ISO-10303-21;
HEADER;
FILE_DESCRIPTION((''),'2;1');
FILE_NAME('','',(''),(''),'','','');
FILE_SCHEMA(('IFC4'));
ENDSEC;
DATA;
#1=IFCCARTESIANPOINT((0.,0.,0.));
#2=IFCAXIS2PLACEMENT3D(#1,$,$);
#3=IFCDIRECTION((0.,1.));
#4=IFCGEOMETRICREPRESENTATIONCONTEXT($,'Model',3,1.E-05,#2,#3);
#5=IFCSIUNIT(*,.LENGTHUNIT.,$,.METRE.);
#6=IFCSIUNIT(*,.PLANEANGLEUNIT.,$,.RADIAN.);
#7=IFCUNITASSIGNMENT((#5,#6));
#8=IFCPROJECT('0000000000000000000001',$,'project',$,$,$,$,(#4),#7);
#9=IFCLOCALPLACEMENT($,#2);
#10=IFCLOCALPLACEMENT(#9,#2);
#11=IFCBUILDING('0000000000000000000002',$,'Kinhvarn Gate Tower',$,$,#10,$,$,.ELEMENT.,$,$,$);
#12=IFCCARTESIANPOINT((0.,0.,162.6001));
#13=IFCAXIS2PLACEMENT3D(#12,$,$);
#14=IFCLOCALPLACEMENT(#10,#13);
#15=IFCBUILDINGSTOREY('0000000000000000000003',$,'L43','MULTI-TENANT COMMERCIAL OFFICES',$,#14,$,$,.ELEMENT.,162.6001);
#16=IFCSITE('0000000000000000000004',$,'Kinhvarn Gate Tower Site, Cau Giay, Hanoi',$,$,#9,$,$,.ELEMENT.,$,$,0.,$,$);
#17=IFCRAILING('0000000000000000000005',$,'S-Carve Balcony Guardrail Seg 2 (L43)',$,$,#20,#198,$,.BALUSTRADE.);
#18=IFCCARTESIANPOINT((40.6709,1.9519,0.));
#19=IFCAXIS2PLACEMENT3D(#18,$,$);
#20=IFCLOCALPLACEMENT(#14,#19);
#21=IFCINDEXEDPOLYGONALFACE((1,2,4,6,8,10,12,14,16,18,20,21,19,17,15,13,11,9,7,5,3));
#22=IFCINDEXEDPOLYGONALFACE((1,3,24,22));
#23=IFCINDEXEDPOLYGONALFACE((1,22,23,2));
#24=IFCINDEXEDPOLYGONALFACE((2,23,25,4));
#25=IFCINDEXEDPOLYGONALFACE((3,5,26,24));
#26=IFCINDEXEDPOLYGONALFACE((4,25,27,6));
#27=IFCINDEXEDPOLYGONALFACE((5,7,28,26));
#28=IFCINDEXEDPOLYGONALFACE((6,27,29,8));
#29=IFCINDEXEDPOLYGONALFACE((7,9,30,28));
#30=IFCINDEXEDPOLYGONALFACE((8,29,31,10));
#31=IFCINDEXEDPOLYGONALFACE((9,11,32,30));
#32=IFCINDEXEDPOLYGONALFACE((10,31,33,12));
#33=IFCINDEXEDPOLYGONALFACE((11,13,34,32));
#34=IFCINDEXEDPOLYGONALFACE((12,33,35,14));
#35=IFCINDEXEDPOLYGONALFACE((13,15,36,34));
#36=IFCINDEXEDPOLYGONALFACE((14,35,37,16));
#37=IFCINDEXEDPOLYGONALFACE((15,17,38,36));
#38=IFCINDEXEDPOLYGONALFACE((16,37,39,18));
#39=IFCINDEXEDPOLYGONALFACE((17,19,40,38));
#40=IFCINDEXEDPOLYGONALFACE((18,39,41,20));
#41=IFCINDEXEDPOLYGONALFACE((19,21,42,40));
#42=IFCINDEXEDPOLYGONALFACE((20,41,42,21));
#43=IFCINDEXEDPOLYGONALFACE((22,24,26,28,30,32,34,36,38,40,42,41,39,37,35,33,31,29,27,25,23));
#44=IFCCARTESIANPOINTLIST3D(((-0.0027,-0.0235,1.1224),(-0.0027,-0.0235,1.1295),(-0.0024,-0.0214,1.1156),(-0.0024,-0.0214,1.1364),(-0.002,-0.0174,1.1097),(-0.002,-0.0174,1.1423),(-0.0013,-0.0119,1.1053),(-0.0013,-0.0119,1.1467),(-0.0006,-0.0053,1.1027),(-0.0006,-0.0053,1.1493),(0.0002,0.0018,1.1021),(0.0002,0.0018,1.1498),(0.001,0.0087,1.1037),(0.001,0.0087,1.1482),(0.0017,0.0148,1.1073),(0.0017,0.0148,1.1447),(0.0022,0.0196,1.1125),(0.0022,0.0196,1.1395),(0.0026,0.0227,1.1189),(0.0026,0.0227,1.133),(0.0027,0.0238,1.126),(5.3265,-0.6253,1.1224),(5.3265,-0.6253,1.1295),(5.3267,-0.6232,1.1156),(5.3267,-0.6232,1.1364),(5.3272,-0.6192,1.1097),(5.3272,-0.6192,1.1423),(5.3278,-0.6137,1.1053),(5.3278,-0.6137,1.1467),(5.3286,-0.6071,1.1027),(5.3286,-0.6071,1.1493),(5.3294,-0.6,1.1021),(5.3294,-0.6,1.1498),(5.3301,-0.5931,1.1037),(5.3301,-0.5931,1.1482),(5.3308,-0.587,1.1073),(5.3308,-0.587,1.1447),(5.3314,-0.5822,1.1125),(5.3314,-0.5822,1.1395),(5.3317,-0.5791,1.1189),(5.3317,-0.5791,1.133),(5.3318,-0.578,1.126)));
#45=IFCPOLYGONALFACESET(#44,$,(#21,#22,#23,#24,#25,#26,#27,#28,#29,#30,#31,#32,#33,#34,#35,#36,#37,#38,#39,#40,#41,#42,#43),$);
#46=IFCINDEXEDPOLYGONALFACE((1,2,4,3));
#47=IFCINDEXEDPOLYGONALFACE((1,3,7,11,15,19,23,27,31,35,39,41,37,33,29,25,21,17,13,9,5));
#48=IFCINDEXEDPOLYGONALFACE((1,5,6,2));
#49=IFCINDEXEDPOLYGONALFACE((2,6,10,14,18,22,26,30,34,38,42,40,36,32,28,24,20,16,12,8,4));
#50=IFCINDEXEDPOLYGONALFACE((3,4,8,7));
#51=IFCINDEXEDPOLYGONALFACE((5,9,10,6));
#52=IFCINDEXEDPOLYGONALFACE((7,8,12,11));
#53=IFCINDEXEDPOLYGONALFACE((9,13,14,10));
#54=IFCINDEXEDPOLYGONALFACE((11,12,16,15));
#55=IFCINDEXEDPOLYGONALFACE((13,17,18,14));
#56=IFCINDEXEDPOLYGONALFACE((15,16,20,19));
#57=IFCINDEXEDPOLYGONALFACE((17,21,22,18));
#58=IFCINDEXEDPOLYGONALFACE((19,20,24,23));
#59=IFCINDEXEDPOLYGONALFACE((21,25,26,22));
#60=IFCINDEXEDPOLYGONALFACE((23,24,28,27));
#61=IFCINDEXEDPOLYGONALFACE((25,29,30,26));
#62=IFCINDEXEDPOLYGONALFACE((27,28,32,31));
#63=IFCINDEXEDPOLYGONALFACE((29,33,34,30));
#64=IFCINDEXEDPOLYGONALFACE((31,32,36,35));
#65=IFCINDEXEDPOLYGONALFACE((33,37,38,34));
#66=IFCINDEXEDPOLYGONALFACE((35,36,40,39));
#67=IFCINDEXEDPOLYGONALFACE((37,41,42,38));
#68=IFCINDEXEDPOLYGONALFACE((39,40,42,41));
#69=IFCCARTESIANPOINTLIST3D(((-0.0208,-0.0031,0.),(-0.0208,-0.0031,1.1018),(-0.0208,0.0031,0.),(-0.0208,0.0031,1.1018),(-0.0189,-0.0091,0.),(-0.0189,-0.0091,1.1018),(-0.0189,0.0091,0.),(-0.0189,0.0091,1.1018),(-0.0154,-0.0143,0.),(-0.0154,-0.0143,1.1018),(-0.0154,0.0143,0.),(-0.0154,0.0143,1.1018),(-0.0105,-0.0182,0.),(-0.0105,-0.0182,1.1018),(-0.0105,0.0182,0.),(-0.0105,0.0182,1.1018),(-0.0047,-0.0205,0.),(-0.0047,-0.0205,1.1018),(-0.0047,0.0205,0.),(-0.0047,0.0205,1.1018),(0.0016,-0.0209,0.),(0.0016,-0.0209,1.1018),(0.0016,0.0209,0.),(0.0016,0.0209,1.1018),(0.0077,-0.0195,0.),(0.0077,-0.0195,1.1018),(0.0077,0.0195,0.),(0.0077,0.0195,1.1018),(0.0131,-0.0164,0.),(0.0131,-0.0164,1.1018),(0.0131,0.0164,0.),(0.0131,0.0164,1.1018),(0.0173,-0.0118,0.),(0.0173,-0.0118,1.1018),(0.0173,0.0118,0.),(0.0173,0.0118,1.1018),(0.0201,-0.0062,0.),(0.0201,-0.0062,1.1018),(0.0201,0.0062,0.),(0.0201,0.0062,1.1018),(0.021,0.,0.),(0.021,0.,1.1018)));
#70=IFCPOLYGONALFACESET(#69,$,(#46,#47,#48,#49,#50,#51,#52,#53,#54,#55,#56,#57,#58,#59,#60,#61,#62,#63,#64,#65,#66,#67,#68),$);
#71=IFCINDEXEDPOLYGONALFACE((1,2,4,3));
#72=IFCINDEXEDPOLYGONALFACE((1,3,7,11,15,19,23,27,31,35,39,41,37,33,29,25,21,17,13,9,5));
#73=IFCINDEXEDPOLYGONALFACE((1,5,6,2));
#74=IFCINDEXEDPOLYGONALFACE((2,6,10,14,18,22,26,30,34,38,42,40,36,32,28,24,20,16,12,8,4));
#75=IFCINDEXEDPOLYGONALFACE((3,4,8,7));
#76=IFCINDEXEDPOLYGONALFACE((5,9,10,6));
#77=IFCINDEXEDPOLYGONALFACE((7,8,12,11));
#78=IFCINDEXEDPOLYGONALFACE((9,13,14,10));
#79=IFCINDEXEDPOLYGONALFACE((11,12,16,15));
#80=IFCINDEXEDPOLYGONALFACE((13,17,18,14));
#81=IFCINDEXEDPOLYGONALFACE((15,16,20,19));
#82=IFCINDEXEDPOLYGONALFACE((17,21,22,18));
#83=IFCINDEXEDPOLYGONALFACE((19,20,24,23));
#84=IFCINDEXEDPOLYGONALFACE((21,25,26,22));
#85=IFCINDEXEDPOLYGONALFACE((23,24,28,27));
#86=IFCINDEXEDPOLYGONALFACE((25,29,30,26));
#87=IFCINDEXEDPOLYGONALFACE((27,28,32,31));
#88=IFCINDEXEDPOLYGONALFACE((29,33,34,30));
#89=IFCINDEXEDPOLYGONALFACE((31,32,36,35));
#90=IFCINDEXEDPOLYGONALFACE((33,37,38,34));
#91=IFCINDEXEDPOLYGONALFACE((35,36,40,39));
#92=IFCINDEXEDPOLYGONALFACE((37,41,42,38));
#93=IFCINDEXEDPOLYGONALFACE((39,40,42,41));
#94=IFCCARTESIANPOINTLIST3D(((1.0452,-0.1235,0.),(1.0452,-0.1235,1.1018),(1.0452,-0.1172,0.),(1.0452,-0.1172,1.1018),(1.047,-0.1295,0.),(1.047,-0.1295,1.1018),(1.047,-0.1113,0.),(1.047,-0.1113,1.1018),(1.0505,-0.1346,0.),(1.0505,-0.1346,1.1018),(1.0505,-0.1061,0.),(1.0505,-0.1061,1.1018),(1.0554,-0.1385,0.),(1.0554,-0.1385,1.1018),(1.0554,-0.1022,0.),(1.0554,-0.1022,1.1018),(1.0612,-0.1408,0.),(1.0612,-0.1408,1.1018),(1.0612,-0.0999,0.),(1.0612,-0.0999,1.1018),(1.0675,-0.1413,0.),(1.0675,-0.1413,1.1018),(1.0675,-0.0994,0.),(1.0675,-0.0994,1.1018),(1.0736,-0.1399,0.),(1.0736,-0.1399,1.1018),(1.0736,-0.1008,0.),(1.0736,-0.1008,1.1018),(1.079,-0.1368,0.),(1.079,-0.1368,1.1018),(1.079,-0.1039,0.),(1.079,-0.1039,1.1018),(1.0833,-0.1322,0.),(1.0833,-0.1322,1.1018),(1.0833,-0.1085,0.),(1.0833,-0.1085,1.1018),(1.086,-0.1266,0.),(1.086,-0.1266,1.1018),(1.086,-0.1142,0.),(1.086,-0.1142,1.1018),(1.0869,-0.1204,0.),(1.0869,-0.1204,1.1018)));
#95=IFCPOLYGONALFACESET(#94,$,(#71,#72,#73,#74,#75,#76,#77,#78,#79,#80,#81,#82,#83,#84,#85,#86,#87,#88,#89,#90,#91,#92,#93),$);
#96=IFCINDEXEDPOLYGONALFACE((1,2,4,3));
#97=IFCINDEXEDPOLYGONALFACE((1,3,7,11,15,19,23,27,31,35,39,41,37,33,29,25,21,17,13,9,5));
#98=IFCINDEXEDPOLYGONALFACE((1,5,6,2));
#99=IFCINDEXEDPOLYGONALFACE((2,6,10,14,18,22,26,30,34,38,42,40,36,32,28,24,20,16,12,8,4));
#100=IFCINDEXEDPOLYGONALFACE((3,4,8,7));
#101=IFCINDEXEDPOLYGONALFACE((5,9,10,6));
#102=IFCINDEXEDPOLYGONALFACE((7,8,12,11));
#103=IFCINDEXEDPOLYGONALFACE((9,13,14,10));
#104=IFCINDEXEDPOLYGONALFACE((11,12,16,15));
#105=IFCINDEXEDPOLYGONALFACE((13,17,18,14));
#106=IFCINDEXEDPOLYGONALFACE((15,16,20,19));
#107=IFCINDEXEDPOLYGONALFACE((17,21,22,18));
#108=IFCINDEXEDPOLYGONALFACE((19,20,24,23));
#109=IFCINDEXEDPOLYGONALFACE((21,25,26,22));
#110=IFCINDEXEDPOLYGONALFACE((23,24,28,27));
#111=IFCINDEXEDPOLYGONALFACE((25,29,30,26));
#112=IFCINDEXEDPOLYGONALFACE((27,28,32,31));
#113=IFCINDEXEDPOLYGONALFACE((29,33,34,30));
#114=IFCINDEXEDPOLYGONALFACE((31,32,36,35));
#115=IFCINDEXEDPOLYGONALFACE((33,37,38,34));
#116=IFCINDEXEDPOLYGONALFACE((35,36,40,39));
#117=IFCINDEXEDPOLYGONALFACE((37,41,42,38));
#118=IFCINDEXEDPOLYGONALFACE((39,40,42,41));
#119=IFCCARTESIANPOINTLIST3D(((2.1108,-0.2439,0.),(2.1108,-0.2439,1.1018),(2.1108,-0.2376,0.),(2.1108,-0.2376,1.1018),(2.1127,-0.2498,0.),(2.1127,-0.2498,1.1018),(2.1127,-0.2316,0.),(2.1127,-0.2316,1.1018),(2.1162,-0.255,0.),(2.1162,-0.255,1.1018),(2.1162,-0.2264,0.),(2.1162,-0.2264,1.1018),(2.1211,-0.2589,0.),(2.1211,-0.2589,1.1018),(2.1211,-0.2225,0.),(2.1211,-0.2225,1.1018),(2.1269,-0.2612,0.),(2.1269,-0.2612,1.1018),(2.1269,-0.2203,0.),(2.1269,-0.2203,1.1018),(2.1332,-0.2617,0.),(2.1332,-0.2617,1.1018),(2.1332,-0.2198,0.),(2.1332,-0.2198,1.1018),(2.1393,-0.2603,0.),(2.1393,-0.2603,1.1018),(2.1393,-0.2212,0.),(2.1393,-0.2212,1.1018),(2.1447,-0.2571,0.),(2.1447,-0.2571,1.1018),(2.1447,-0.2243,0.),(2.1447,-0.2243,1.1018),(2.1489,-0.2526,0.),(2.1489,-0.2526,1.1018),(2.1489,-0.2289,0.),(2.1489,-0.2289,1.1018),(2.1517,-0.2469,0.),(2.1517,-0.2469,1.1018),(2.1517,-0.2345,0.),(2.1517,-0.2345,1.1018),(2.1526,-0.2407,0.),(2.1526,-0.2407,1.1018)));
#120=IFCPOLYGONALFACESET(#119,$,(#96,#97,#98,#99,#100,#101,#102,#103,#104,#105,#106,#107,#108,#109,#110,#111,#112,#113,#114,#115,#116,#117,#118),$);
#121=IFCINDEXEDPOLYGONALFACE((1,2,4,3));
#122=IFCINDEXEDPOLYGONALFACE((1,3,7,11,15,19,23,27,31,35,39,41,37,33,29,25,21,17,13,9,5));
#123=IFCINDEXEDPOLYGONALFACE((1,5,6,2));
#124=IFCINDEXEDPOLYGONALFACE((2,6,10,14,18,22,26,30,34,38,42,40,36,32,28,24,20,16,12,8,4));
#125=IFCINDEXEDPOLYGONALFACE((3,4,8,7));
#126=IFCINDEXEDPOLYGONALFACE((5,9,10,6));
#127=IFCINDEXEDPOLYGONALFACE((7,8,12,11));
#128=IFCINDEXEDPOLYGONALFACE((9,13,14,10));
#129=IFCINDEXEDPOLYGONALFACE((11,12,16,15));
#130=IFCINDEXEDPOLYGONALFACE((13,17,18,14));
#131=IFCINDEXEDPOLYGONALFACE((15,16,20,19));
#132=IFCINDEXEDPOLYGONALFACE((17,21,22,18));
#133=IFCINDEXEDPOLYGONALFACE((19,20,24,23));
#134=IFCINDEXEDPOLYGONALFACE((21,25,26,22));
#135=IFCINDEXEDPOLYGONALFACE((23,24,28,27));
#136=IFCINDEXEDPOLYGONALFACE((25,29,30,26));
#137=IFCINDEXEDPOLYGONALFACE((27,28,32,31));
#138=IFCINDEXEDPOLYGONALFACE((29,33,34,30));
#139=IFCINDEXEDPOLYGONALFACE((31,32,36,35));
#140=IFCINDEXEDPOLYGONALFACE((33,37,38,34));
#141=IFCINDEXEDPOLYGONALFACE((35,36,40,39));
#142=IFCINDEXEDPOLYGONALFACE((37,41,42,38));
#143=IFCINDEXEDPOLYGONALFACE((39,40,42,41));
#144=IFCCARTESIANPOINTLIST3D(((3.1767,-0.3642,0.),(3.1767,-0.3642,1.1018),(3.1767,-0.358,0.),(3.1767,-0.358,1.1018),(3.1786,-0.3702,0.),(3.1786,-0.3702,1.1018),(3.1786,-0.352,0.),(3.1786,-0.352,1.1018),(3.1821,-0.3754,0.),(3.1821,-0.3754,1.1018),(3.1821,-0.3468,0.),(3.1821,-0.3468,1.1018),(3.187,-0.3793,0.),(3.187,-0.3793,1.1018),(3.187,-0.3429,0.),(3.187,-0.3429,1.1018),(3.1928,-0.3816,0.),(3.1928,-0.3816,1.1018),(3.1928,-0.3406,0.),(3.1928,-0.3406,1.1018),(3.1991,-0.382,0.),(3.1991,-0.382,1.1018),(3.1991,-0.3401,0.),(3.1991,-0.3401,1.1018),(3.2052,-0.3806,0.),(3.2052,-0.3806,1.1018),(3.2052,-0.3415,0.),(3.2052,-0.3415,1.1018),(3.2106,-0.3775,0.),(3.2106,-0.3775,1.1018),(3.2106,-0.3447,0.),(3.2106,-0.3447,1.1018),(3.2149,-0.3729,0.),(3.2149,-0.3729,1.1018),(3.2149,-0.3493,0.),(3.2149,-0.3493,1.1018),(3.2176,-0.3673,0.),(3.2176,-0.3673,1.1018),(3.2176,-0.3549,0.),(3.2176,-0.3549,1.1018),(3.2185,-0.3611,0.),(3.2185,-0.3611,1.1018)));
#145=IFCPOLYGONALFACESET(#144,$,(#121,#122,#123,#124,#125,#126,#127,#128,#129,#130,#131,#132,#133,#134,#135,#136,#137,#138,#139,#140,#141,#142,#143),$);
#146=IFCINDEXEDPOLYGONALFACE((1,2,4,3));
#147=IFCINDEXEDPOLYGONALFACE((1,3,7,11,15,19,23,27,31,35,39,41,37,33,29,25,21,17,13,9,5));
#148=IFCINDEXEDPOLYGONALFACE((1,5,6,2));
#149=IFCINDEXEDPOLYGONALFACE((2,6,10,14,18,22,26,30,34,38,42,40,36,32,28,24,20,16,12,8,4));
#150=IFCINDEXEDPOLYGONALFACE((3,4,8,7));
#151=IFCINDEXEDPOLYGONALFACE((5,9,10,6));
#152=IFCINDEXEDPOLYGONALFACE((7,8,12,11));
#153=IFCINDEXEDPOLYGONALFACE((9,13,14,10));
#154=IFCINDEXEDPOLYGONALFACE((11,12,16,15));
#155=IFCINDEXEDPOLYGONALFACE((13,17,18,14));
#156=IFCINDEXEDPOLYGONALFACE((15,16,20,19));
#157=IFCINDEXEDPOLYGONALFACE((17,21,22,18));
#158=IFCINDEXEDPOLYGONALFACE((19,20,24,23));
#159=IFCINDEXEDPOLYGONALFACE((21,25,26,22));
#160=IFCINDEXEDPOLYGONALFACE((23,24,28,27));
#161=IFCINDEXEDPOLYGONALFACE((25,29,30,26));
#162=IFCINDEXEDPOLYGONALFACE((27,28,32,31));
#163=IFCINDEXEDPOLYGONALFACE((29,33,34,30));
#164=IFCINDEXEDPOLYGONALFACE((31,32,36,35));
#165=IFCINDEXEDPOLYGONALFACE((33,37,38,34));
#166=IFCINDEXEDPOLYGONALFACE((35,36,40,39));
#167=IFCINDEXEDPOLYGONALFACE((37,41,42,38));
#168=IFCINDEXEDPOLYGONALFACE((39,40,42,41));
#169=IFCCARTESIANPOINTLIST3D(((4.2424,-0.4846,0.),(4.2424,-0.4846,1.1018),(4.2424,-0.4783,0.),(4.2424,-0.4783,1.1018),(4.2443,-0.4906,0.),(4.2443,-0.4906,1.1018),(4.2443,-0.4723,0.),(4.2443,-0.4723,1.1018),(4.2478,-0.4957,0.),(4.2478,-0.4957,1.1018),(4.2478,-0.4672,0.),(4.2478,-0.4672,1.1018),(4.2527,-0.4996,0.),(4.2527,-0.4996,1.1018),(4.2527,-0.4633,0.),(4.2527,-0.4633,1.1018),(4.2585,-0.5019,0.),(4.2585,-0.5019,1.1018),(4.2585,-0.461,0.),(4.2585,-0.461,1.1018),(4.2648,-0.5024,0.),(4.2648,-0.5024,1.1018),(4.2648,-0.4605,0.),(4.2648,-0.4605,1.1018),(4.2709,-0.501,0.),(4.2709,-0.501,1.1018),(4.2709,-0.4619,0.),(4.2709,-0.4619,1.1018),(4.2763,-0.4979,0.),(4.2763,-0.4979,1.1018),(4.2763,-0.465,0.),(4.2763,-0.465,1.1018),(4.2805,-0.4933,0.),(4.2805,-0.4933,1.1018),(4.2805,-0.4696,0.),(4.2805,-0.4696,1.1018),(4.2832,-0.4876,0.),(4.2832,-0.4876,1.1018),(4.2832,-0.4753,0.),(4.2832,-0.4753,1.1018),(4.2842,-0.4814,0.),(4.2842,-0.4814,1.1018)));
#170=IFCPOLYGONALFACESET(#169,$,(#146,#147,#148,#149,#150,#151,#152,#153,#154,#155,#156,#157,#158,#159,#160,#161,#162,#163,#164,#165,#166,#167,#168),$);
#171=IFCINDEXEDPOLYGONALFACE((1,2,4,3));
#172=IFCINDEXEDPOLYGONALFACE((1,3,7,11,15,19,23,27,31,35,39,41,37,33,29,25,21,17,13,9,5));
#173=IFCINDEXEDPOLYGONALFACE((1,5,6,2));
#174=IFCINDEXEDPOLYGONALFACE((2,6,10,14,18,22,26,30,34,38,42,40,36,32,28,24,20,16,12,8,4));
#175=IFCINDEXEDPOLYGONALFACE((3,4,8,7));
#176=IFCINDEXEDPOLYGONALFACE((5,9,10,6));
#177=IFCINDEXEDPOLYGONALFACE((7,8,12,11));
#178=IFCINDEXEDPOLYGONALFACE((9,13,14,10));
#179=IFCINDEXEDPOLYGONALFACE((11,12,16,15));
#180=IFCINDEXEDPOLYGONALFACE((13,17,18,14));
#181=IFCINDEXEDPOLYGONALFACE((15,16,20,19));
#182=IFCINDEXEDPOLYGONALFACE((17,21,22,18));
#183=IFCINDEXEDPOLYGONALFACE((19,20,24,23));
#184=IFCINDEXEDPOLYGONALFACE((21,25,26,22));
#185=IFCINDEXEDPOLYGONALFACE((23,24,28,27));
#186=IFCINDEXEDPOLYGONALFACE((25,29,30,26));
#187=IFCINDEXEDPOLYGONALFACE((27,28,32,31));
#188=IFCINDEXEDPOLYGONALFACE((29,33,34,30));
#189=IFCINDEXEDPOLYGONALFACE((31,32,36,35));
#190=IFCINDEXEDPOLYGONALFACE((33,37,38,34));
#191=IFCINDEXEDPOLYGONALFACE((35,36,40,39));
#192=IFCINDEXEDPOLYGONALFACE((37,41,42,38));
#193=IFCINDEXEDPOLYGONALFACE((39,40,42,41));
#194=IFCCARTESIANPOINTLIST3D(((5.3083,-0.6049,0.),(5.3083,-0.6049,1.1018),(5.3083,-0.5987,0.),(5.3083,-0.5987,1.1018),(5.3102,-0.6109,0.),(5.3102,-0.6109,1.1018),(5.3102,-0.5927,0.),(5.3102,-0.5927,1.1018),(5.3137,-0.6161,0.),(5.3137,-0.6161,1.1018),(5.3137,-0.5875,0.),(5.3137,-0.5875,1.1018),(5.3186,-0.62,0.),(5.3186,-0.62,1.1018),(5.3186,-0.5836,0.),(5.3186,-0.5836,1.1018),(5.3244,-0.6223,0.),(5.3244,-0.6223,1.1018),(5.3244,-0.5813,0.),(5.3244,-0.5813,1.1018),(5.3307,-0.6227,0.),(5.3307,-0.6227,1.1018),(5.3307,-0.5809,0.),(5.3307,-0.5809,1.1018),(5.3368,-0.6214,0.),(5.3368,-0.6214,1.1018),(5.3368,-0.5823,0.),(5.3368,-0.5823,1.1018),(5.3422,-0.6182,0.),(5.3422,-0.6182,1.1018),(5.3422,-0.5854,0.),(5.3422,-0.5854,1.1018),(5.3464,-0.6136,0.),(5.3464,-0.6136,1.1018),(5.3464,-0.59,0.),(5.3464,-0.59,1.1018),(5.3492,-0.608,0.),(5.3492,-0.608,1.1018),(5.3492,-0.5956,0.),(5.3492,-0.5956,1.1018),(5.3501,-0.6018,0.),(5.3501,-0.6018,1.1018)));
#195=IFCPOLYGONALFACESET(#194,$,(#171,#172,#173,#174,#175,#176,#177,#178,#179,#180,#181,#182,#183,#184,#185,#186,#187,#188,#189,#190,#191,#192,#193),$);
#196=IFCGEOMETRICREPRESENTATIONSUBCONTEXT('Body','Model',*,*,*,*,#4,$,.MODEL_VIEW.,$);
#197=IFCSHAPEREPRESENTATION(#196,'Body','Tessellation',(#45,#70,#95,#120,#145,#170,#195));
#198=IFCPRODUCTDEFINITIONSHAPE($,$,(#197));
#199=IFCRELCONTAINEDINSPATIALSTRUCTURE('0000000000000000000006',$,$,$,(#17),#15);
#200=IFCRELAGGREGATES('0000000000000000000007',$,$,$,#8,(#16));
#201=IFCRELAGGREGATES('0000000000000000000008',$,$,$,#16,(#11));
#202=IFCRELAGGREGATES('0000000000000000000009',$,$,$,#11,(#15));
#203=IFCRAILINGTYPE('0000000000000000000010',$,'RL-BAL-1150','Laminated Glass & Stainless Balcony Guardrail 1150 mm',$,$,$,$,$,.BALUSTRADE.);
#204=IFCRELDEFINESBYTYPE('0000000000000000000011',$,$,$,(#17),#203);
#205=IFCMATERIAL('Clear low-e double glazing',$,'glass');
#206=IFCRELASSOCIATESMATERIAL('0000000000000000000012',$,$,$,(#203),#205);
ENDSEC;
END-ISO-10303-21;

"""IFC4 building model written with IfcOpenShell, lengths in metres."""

from ifc_helpers import new_model, si_unit, direction, frame, origin, origin_2d, place, context, subcontext, project, spatial, circle, extrude, material, type_object, element, save


model = new_model("IFC4")

# Units and contexts
model_context = context("Model", 3, precision=1e-05, world=origin(), true_north=direction((0.0, 1.0)))
body_context = subcontext(model_context, "Body", "Model", "MODEL_VIEW")
ifc_project = project(units=[si_unit("LENGTHUNIT", "METRE"), si_unit("PLANEANGLEUNIT", "RADIAN")], contexts=[model_context])

# Site, building, storey
site_placement = place(None, origin())
site = spatial("IfcSite", under=ifc_project, at=site_placement, Name="Kinhvarn Gate Tower Site, Cau Giay, Hanoi", CompositionType="ELEMENT", RefElevation=0.0)
building_placement = place(site_placement, origin())
building = spatial("IfcBuilding", under=site, at=building_placement, Name="Kinhvarn Gate Tower", CompositionType="ELEMENT")
storey_placement = place(building_placement, frame((0.0, 0.0, 162.6001)))
storey = spatial("IfcBuildingStorey", under=building, at=storey_placement, Name="L43", Description="MULTI-TENANT COMMERCIAL OFFICES", CompositionType="ELEMENT", Elevation=162.6001)

# Shared definitions
ifc_material_1 = material(Name="Clear low-e double glazing", Category="glass")

# Railing
railing_type = type_object("IfcRailingType", Name="RL-BAL-1150", Description="Laminated Glass & Stainless Balcony Guardrail 1150 mm", PredefinedType="BALUSTRADE", material=ifc_material_1)
railing_1_placement = place(storey_placement, frame((40.6709, 1.9519, 0.0)))
element("IfcRailing", 1, at=railing_1_placement, inside=storey, type_object=railing_type, Name="S-Carve Balcony Guardrail Seg 2 (L43)", PredefinedType="BALUSTRADE", context=body_context, shape_type="SweptSolid", body=[
    extrude(circle(Radius=0.0239, at=origin_2d()), frame((0.0, 0.0, 1.126), z_axis=(0.993684, -0.112215, 0.0), x_axis=(0.112215, 0.993684, 0.0)), (0.0, 0.0, 1.0), 5.363),
    extrude(circle(Radius=0.021, at=origin_2d()), origin(), (0.0, 0.0, 1.0), 1.1018),
    extrude(circle(Radius=0.021, at=origin_2d()), frame((1.0659, -0.1204, 0.0)), (0.0, 0.0, 1.0), 1.1018),
    extrude(circle(Radius=0.021, at=origin_2d()), frame((2.1316, -0.2407, 0.0)), (0.0, 0.0, 1.0), 1.1018),
    extrude(circle(Radius=0.021, at=origin_2d()), frame((3.1975, -0.3611, 0.0)), (0.0, 0.0, 1.0), 1.1018),
    extrude(circle(Radius=0.021, at=origin_2d()), frame((4.2632, -0.4814, 0.0)), (0.0, 0.0, 1.0), 1.1018),
    extrude(circle(Radius=0.021, at=origin_2d()), frame((5.3291, -0.6018, 0.0)), (0.0, 0.0, 1.0), 1.1018),
])

save(model, "model.ifc")
